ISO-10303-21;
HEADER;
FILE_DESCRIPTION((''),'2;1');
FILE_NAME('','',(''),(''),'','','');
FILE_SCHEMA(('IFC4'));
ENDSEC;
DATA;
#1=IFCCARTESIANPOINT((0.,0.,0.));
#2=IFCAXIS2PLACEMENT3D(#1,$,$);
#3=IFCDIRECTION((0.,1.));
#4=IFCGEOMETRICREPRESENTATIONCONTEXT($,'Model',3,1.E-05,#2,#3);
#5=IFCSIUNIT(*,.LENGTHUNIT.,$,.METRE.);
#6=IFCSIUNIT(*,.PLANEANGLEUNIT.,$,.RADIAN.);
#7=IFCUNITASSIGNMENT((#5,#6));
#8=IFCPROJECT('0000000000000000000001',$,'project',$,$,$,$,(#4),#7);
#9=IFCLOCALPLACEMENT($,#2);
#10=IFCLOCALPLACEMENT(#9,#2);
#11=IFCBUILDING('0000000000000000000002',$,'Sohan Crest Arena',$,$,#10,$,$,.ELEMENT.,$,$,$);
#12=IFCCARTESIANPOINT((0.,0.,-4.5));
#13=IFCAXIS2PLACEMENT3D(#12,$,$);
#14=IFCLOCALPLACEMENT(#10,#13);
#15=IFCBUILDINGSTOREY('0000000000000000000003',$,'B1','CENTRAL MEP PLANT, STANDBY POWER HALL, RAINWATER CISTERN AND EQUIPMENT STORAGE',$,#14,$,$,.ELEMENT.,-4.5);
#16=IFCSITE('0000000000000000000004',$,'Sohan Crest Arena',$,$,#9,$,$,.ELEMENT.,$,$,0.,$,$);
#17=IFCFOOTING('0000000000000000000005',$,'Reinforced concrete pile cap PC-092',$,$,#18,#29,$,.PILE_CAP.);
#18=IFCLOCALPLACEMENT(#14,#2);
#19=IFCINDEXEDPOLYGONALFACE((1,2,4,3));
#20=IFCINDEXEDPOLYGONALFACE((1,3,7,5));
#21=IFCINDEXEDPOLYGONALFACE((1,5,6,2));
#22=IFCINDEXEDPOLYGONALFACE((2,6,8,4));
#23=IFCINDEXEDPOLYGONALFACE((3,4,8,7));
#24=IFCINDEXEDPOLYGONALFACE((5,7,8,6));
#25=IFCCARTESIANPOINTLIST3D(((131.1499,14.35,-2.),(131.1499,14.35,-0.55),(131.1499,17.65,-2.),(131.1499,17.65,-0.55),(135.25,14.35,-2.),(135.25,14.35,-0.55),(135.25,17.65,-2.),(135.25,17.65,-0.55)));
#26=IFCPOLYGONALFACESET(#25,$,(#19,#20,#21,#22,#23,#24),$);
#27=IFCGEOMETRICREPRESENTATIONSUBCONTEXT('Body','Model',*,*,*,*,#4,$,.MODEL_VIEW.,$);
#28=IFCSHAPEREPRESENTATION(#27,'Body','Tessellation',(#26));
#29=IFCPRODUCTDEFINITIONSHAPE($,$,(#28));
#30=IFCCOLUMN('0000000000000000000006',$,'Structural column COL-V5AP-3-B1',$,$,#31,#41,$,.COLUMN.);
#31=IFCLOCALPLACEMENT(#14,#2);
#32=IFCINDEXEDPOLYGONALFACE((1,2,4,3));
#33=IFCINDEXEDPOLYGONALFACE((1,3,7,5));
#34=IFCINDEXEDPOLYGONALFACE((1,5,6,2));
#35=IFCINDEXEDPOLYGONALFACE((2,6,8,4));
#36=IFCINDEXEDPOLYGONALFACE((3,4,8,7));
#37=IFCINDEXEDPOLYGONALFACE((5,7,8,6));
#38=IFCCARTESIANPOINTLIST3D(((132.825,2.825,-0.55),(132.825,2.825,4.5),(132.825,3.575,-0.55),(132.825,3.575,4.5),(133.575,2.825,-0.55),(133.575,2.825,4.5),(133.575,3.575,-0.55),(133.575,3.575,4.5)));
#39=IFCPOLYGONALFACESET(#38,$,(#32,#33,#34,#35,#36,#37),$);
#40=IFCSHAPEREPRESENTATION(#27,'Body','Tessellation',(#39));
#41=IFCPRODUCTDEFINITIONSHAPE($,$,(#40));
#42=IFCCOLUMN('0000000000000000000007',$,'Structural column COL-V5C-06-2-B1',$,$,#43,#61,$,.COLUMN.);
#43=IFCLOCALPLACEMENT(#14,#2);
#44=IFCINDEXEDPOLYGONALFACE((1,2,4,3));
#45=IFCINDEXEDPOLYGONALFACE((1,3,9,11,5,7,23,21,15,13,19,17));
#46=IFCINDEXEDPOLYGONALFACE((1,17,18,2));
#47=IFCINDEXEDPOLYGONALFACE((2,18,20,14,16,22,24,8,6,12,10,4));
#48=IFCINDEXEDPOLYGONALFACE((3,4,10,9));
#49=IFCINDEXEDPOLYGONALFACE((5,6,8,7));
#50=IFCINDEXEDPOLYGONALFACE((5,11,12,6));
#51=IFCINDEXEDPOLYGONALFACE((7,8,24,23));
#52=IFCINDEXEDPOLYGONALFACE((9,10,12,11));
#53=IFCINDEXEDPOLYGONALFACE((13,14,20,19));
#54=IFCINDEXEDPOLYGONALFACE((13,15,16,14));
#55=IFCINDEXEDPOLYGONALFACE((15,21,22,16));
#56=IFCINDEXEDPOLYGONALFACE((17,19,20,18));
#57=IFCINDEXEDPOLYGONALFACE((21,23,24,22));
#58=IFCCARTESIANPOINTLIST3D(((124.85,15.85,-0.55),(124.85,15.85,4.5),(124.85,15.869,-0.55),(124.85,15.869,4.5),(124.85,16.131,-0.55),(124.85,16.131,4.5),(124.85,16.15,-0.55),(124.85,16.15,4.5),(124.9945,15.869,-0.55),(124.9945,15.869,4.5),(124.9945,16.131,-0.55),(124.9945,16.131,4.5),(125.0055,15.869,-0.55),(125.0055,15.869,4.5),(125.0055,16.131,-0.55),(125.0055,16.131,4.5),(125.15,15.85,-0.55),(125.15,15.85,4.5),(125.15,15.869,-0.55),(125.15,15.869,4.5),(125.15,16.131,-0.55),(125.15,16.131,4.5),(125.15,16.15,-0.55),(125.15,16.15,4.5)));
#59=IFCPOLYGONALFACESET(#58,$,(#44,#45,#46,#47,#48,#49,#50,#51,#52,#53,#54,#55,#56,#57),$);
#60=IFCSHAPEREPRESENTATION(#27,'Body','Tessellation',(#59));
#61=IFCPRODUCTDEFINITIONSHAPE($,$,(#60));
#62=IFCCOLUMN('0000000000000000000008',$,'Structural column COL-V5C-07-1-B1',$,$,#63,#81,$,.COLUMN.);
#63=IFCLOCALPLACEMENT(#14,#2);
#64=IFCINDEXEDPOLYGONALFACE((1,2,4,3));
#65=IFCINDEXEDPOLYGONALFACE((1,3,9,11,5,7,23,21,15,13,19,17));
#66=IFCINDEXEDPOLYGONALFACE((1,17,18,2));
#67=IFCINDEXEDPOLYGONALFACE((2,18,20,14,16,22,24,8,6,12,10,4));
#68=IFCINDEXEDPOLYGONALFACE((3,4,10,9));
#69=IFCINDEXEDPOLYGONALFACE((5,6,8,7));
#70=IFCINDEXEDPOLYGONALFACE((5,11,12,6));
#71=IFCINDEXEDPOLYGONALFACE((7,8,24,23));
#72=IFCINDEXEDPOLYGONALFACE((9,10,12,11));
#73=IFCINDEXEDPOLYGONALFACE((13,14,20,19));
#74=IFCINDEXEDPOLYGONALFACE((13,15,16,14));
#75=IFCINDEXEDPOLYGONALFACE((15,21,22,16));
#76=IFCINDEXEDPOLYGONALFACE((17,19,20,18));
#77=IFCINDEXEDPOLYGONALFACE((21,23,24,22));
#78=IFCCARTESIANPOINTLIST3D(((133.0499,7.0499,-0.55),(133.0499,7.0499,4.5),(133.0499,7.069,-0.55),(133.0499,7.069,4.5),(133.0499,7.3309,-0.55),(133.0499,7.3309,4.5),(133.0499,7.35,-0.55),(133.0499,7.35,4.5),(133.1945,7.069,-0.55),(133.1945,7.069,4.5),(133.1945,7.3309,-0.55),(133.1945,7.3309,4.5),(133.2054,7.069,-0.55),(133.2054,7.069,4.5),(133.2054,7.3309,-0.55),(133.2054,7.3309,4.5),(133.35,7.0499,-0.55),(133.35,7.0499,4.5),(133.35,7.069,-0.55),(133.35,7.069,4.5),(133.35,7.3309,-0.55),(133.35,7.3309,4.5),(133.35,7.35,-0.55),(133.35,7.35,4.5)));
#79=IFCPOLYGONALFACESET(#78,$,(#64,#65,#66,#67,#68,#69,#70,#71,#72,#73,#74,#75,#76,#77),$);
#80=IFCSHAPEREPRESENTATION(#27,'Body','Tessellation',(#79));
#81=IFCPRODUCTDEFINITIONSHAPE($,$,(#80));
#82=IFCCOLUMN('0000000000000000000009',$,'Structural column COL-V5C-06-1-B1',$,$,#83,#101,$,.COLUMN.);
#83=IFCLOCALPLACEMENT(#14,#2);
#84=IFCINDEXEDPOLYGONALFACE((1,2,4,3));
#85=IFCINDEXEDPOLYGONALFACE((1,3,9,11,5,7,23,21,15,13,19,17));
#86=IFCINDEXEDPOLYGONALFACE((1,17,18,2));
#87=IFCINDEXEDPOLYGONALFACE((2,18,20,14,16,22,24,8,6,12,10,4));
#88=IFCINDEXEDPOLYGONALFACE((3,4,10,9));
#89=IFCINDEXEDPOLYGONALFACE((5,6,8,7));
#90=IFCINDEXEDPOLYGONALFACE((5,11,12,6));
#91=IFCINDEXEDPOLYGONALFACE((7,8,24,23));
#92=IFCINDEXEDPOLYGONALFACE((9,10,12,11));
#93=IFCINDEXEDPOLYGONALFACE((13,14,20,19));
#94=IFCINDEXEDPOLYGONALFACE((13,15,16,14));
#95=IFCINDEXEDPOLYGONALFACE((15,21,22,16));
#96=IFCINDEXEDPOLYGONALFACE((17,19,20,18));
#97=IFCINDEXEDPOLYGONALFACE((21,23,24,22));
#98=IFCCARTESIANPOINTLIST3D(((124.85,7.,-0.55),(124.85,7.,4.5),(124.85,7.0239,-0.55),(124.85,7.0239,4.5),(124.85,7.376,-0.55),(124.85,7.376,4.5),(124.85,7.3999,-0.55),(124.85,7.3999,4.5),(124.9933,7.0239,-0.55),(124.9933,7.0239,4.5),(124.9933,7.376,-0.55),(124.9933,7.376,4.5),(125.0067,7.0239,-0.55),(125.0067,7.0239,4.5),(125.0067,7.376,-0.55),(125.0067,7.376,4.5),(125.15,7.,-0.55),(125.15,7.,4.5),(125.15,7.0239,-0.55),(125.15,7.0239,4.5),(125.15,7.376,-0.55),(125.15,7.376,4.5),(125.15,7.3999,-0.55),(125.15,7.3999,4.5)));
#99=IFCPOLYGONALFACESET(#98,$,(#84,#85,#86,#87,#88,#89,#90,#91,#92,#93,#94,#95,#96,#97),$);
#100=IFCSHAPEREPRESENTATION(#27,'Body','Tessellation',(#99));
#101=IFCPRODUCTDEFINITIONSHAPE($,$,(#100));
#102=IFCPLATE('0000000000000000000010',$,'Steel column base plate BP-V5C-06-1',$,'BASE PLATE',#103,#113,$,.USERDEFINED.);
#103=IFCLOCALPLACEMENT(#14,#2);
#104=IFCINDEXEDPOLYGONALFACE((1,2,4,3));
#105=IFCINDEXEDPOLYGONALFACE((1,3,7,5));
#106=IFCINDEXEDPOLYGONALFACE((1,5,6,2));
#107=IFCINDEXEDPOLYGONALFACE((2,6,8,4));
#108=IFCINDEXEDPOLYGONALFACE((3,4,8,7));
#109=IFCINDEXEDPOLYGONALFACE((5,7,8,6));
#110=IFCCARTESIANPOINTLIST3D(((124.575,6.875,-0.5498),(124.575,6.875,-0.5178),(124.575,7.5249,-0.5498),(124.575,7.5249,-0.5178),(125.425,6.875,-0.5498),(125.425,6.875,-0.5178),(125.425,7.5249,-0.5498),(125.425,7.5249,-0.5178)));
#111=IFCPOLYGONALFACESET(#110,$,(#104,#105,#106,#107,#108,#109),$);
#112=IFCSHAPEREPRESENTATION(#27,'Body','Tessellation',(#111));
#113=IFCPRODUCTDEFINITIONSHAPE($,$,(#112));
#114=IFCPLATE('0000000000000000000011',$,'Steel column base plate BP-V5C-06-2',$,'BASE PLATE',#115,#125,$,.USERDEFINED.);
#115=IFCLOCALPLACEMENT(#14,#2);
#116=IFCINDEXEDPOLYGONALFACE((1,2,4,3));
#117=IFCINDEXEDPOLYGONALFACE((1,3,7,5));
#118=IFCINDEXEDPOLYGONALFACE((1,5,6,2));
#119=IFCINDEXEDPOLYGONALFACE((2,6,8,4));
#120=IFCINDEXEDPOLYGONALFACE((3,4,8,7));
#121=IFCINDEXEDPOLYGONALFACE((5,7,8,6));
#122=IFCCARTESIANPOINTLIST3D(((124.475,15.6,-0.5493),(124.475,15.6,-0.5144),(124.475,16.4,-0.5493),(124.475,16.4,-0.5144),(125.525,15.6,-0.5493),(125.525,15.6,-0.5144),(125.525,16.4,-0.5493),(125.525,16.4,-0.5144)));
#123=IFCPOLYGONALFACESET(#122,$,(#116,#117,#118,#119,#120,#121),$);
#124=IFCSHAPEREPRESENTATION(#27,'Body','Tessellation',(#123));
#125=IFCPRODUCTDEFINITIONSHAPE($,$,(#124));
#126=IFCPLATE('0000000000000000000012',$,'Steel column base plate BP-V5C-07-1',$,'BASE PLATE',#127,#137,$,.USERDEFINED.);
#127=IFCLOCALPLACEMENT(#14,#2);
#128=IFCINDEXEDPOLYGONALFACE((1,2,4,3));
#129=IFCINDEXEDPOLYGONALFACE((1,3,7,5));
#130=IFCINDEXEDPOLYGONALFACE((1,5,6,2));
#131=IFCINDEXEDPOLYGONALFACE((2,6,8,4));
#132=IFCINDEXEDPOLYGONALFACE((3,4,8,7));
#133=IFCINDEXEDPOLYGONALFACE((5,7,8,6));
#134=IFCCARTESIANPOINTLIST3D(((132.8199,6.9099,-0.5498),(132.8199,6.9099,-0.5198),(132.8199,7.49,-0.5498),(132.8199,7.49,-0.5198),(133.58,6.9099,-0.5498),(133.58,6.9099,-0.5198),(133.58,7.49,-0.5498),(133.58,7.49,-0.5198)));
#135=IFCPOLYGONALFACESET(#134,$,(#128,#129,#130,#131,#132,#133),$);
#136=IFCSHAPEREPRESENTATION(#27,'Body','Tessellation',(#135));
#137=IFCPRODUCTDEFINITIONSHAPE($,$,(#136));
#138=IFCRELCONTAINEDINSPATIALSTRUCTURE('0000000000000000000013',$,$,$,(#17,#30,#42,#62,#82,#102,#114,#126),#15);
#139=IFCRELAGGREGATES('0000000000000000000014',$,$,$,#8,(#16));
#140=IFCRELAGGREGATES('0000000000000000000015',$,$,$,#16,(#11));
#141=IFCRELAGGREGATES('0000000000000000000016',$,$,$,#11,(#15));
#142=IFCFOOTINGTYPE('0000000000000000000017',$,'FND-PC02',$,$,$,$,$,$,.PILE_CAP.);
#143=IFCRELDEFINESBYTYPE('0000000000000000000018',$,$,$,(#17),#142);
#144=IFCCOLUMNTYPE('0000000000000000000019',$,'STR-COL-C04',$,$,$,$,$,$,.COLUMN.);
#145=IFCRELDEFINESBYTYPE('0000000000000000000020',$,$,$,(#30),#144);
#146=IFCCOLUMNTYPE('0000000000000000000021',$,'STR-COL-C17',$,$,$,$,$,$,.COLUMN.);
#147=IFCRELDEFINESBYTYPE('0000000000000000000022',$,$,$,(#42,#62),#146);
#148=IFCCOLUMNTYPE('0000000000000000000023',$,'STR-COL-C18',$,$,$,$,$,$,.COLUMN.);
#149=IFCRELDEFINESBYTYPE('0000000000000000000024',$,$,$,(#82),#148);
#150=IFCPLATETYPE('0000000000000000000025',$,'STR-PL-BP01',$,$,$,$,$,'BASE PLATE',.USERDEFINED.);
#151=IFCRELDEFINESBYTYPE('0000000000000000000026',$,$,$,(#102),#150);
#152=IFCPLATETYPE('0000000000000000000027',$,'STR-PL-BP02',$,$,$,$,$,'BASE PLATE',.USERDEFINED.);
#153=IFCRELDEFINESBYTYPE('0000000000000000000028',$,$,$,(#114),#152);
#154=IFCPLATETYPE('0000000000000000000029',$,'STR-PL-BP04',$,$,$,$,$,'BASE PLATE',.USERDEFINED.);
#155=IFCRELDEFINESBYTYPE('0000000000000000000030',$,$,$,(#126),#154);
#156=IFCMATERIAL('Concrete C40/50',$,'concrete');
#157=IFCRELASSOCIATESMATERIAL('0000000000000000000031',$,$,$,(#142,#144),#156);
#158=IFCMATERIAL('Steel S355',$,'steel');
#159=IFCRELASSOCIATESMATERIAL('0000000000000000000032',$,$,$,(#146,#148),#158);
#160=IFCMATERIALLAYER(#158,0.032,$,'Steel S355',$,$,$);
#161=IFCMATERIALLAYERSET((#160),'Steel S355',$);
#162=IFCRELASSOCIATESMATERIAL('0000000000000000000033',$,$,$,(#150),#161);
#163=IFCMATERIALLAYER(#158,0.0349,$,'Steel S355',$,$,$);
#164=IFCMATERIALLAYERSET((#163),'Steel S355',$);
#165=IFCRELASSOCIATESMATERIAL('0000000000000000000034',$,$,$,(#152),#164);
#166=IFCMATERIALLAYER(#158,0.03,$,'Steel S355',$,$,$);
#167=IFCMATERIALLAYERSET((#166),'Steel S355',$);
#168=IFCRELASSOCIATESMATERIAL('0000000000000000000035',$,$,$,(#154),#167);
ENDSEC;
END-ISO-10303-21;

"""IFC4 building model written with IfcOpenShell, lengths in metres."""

from ifc_helpers import new_model, si_unit, direction, frame, origin, origin_2d, place, context, subcontext, project, spatial, rectangle, i_section, extrude, material, layer, layer_set, material_profile, profile_set, type_object, element, save


model = new_model("IFC4")

# Units and contexts
model_context = context("Model", 3, precision=1e-05, world=origin(), true_north=direction((0.0, 1.0)))
body_context = subcontext(model_context, "Body", "Model", "MODEL_VIEW")
ifc_project = project(units=[si_unit("LENGTHUNIT", "METRE"), si_unit("PLANEANGLEUNIT", "RADIAN")], contexts=[model_context])

# Site, building, storey
site_placement = place(None, origin())
site = spatial("IfcSite", under=ifc_project, at=site_placement, Name="Sohan Crest Arena", CompositionType="ELEMENT", RefElevation=0.0)
building_placement = place(site_placement, origin())
building = spatial("IfcBuilding", under=site, at=building_placement, Name="Sohan Crest Arena", CompositionType="ELEMENT")
storey_placement = place(building_placement, frame((0.0, 0.0, -4.5)))
storey = spatial("IfcBuildingStorey", under=building, at=storey_placement, Name="B1", Description="CENTRAL MEP PLANT, STANDBY POWER HALL, RAINWATER CISTERN AND EQUIPMENT STORAGE", CompositionType="ELEMENT", Elevation=-4.5)

# Shared definitions
ifc_material_1 = material(Name="Concrete C40/50", Category="concrete")

# Footing
footing_type_1 = type_object("IfcFootingType", Name="FND-PC02", PredefinedType="PILE_CAP", material=ifc_material_1)
for number, where, z_axis, x_axis, name in (
    (1, (133.2, 16.0, -2.0), (0.0, 0.0, 1.0), (1.0, 0.0, 0.0), "Reinforced concrete pile cap PC-092"),
):
    element("IfcFooting", number, at=place(storey_placement, frame(where, z_axis=z_axis, x_axis=x_axis)), inside=storey, type_object=footing_type_1, Name=name, PredefinedType="PILE_CAP", context=body_context, shape_type="SweptSolid", body=[
        extrude(rectangle(XDim=4.1001, YDim=3.3, at=origin_2d()), origin(), (0.0, 0.0, 1.0), 1.45),
    ])

# Columns
ifc_material_profile_1 = material_profile(ifc_material_1, rectangle(XDim=0.75, YDim=0.75, at=origin_2d()), Name="RC 750x750")
ifc_profile_set_1 = profile_set([ifc_material_profile_1], Name="Concrete C40/50")
column_type_1 = type_object("IfcColumnType", Name="STR-COL-C04", PredefinedType="COLUMN", material=ifc_profile_set_1)
column_1_placement = place(storey_placement, frame((133.2, 3.2, -0.55), z_axis=(0.0, 0.0, 1.0), x_axis=(1.0, 0.0, 0.0)))
element("IfcColumn", 2, at=column_1_placement, inside=storey, type_object=column_type_1, Name="Structural column COL-V5AP-3-B1", PredefinedType="COLUMN", context=body_context, shape_type="SweptSolid", body=[
    extrude(rectangle(XDim=0.75, YDim=0.75, at=origin_2d()), origin(), (0.0, 0.0, 1.0), 5.05),
])
ifc_material_2 = material(Name="Steel S355", Category="steel")
ifc_material_profile_2 = material_profile(ifc_material_2, i_section(OverallWidth=0.3, OverallDepth=0.3, WebThickness=0.011, FlangeThickness=0.019, at=origin_2d()), Name="HEB 300")
ifc_profile_set_2 = profile_set([ifc_material_profile_2], Name="Steel S355")
column_type_2 = type_object("IfcColumnType", Name="STR-COL-C17", PredefinedType="COLUMN", material=ifc_profile_set_2)
for number, where, z_axis, x_axis, name in (
    (3, (125.0, 16.0, -0.55), (0.0, 0.0, 1.0), (1.0, 0.0, 0.0), "Structural column COL-V5C-06-2-B1"),
    (4, (133.2, 7.2, -0.55), (0.0, 0.0, 1.0), (1.0, 0.0, 0.0), "Structural column COL-V5C-07-1-B1"),
):
    element("IfcColumn", number, at=place(storey_placement, frame(where, z_axis=z_axis, x_axis=x_axis)), inside=storey, type_object=column_type_2, Name=name, PredefinedType="COLUMN", context=body_context, shape_type="SweptSolid", body=[
        extrude(i_section(OverallWidth=0.3, OverallDepth=0.3, WebThickness=0.011, FlangeThickness=0.019, at=origin_2d()), origin(), (0.0, 0.0, 1.0), 5.05),
    ])
ifc_material_profile_3 = material_profile(ifc_material_2, i_section(OverallWidth=0.3, OverallDepth=0.3999, WebThickness=0.0134, FlangeThickness=0.0239, at=origin_2d()), Name="HEB 400")
ifc_profile_set_3 = profile_set([ifc_material_profile_3], Name="Steel S355")
column_type_3 = type_object("IfcColumnType", Name="STR-COL-C18", PredefinedType="COLUMN", material=ifc_profile_set_3)
column_2_placement = place(storey_placement, frame((125.0, 7.2, -0.55), z_axis=(0.0, 0.0, 1.0), x_axis=(1.0, 0.0, 0.0)))
element("IfcColumn", 5, at=column_2_placement, inside=storey, type_object=column_type_3, Name="Structural column COL-V5C-06-1-B1", PredefinedType="COLUMN", context=body_context, shape_type="SweptSolid", body=[
    extrude(i_section(OverallWidth=0.3, OverallDepth=0.3999, WebThickness=0.0134, FlangeThickness=0.0239, at=origin_2d()), origin(), (0.0, 0.0, 1.0), 5.05),
])

# Plates
ifc_layer_1 = layer(ifc_material_2, 0.032, Name="Steel S355")
ifc_layer_set_1 = layer_set([ifc_layer_1], Name="Steel S355")
plate_type_1 = type_object("IfcPlateType", Name="STR-PL-BP01", ElementType="BASE PLATE", PredefinedType="USERDEFINED", material=ifc_layer_set_1)
plate_1_placement = place(storey_placement, frame((125.0, 7.2, -0.5498), z_axis=(0.0, 0.0, 1.0), x_axis=(1.0, 0.0, 0.0)))
element("IfcPlate", 6, at=plate_1_placement, inside=storey, type_object=plate_type_1, Name="Steel column base plate BP-V5C-06-1", ObjectType="BASE PLATE", PredefinedType="USERDEFINED", context=body_context, shape_type="SweptSolid", body=[
    extrude(rectangle(XDim=0.8501, YDim=0.6499, at=origin_2d()), origin(), (0.0, 0.0, 1.0), 0.032),
])
ifc_layer_2 = layer(ifc_material_2, 0.0349, Name="Steel S355")
ifc_layer_set_2 = layer_set([ifc_layer_2], Name="Steel S355")
plate_type_2 = type_object("IfcPlateType", Name="STR-PL-BP02", ElementType="BASE PLATE", PredefinedType="USERDEFINED", material=ifc_layer_set_2)
plate_2_placement = place(storey_placement, frame((125.0, 16.0, -0.5493), z_axis=(0.0, 0.0, 1.0), x_axis=(1.0, 0.0, 0.0)))
element("IfcPlate", 7, at=plate_2_placement, inside=storey, type_object=plate_type_2, Name="Steel column base plate BP-V5C-06-2", ObjectType="BASE PLATE", PredefinedType="USERDEFINED", context=body_context, shape_type="SweptSolid", body=[
    extrude(rectangle(XDim=1.05, YDim=0.8, at=origin_2d()), origin(), (0.0, 0.0, 1.0), 0.0349),
])
ifc_layer_3 = layer(ifc_material_2, 0.03, Name="Steel S355")
ifc_layer_set_3 = layer_set([ifc_layer_3], Name="Steel S355")
plate_type_3 = type_object("IfcPlateType", Name="STR-PL-BP04", ElementType="BASE PLATE", PredefinedType="USERDEFINED", material=ifc_layer_set_3)
plate_3_placement = place(storey_placement, frame((133.2, 7.2, -0.5498), z_axis=(0.0, 0.0, 1.0), x_axis=(1.0, 0.0, 0.0)))
element("IfcPlate", 8, at=plate_3_placement, inside=storey, type_object=plate_type_3, Name="Steel column base plate BP-V5C-07-1", ObjectType="BASE PLATE", PredefinedType="USERDEFINED", context=body_context, shape_type="SweptSolid", body=[
    extrude(rectangle(XDim=0.76, YDim=0.5801, at=origin_2d()), origin(), (0.0, 0.0, 1.0), 0.03),
])

save(model, "model.ifc")
